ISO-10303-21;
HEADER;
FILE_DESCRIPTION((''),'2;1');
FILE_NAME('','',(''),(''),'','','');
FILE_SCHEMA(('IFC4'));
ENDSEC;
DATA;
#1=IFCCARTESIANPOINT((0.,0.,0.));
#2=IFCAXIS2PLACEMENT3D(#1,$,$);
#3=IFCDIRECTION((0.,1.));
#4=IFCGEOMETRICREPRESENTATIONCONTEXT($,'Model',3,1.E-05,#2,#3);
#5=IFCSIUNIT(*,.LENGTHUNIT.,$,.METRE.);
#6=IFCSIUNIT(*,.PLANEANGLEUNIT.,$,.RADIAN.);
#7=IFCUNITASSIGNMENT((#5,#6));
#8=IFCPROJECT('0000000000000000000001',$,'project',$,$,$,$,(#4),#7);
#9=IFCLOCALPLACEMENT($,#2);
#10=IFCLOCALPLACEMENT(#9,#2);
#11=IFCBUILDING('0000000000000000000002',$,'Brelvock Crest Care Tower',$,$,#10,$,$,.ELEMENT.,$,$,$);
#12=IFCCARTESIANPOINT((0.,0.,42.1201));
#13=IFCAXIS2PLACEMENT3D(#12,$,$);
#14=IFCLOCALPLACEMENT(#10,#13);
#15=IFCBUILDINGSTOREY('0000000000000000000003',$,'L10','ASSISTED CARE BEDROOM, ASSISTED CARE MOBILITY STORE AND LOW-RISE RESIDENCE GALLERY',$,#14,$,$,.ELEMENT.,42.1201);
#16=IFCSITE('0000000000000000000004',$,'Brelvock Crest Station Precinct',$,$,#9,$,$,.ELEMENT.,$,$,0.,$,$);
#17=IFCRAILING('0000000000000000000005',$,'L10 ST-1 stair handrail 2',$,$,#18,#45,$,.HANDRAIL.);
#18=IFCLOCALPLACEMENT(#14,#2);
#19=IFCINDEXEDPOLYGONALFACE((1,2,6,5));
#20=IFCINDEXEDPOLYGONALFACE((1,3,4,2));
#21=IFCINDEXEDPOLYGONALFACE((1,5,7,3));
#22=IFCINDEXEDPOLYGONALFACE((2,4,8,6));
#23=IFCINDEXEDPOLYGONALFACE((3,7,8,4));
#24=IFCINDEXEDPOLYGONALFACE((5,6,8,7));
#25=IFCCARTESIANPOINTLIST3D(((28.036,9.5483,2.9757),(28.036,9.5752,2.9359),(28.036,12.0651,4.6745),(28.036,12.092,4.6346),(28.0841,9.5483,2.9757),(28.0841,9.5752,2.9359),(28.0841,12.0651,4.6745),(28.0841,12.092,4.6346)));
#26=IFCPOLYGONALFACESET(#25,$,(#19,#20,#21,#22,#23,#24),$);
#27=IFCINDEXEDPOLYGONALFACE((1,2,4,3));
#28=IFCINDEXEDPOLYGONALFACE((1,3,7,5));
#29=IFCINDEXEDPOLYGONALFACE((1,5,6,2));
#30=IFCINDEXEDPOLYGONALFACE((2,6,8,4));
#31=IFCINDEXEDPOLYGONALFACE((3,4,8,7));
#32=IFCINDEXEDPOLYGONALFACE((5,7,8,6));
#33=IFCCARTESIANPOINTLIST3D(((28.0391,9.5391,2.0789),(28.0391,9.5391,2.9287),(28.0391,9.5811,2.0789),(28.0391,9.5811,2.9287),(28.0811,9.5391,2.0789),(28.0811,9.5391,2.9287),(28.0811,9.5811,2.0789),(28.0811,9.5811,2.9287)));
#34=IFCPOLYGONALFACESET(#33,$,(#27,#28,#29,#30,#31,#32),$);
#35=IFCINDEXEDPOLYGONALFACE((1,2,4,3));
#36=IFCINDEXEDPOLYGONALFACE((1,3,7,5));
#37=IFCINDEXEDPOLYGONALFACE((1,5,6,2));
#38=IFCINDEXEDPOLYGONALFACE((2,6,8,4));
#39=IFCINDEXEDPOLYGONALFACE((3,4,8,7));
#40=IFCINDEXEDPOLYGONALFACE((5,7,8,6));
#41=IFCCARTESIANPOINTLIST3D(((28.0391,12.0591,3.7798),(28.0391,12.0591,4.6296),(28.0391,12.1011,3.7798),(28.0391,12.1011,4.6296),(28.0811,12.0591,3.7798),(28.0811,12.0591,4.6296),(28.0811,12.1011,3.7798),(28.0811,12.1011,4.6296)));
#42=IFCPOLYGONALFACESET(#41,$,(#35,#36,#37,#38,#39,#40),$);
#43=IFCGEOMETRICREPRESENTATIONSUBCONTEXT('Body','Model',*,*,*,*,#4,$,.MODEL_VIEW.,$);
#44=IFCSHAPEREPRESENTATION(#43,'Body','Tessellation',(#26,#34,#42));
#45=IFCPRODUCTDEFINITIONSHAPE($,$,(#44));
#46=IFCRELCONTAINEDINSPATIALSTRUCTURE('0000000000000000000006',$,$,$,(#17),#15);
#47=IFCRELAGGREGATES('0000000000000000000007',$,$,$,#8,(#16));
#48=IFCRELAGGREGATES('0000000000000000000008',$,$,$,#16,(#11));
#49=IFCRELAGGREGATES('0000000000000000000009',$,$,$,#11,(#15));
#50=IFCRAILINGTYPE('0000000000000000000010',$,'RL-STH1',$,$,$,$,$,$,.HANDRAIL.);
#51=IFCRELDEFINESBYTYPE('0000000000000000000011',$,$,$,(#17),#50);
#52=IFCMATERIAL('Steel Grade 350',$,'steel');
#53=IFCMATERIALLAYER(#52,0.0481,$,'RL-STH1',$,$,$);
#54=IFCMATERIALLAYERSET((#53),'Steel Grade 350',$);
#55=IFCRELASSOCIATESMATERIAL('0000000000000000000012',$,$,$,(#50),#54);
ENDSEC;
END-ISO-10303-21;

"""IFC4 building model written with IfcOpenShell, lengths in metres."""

from ifc_helpers import new_model, si_unit, direction, frame, origin, origin_2d, place, context, subcontext, project, spatial, rectangle, extrude, material, layer, layer_set, type_object, element, save


model = new_model("IFC4")

# Units and contexts
model_context = context("Model", 3, precision=1e-05, world=origin(), true_north=direction((0.0, 1.0)))
body_context = subcontext(model_context, "Body", "Model", "MODEL_VIEW")
ifc_project = project(units=[si_unit("LENGTHUNIT", "METRE"), si_unit("PLANEANGLEUNIT", "RADIAN")], contexts=[model_context])

# Site, building, storey
site_placement = place(None, origin())
site = spatial("IfcSite", under=ifc_project, at=site_placement, Name="Brelvock Crest Station Precinct", CompositionType="ELEMENT", RefElevation=0.0)
building_placement = place(site_placement, origin())
building = spatial("IfcBuilding", under=site, at=building_placement, Name="Brelvock Crest Care Tower", CompositionType="ELEMENT")
storey_placement = place(building_placement, frame((0.0, 0.0, 42.1201)))
storey = spatial("IfcBuildingStorey", under=building, at=storey_placement, Name="L10", Description="ASSISTED CARE BEDROOM, ASSISTED CARE MOBILITY STORE AND LOW-RISE RESIDENCE GALLERY", CompositionType="ELEMENT", Elevation=42.1201)

# Shared definitions
ifc_material_1 = material(Name="Steel Grade 350", Category="steel")

# Railing
ifc_layer_1 = layer(ifc_material_1, 0.0481, Name="RL-STH1")
ifc_layer_set_1 = layer_set([ifc_layer_1], Name="Steel Grade 350")
railing_type_1 = type_object("IfcRailingType", Name="RL-STH1", PredefinedType="HANDRAIL", material=ifc_layer_set_1)
railing_1_placement = place(storey_placement, frame((28.0601, 9.5601, 2.0789)))
element("IfcRailing", 1, at=railing_1_placement, inside=storey, type_object=railing_type_1, Name="L10 ST-1 stair handrail 2", PredefinedType="HANDRAIL", context=body_context, shape_type="SweptSolid", body=[
    extrude(rectangle(XDim=0.0481, YDim=0.0481, at=origin_2d()), frame((0.0, 0.0017, 0.877), z_axis=(0.0, 0.828862, 0.559454), x_axis=(-1.0, 0.0, 0.0)), (0.0, 0.0, 1.0), 3.0364),
    extrude(rectangle(XDim=0.042, YDim=0.042, at=origin_2d()), origin(), (0.0, 0.0, 1.0), 0.8499),
    extrude(rectangle(XDim=0.042, YDim=0.042, at=origin_2d()), frame((0.0, 2.52, 1.7009)), (0.0, 0.0, 1.0), 0.8499),
])

save(model, "model.ifc")
